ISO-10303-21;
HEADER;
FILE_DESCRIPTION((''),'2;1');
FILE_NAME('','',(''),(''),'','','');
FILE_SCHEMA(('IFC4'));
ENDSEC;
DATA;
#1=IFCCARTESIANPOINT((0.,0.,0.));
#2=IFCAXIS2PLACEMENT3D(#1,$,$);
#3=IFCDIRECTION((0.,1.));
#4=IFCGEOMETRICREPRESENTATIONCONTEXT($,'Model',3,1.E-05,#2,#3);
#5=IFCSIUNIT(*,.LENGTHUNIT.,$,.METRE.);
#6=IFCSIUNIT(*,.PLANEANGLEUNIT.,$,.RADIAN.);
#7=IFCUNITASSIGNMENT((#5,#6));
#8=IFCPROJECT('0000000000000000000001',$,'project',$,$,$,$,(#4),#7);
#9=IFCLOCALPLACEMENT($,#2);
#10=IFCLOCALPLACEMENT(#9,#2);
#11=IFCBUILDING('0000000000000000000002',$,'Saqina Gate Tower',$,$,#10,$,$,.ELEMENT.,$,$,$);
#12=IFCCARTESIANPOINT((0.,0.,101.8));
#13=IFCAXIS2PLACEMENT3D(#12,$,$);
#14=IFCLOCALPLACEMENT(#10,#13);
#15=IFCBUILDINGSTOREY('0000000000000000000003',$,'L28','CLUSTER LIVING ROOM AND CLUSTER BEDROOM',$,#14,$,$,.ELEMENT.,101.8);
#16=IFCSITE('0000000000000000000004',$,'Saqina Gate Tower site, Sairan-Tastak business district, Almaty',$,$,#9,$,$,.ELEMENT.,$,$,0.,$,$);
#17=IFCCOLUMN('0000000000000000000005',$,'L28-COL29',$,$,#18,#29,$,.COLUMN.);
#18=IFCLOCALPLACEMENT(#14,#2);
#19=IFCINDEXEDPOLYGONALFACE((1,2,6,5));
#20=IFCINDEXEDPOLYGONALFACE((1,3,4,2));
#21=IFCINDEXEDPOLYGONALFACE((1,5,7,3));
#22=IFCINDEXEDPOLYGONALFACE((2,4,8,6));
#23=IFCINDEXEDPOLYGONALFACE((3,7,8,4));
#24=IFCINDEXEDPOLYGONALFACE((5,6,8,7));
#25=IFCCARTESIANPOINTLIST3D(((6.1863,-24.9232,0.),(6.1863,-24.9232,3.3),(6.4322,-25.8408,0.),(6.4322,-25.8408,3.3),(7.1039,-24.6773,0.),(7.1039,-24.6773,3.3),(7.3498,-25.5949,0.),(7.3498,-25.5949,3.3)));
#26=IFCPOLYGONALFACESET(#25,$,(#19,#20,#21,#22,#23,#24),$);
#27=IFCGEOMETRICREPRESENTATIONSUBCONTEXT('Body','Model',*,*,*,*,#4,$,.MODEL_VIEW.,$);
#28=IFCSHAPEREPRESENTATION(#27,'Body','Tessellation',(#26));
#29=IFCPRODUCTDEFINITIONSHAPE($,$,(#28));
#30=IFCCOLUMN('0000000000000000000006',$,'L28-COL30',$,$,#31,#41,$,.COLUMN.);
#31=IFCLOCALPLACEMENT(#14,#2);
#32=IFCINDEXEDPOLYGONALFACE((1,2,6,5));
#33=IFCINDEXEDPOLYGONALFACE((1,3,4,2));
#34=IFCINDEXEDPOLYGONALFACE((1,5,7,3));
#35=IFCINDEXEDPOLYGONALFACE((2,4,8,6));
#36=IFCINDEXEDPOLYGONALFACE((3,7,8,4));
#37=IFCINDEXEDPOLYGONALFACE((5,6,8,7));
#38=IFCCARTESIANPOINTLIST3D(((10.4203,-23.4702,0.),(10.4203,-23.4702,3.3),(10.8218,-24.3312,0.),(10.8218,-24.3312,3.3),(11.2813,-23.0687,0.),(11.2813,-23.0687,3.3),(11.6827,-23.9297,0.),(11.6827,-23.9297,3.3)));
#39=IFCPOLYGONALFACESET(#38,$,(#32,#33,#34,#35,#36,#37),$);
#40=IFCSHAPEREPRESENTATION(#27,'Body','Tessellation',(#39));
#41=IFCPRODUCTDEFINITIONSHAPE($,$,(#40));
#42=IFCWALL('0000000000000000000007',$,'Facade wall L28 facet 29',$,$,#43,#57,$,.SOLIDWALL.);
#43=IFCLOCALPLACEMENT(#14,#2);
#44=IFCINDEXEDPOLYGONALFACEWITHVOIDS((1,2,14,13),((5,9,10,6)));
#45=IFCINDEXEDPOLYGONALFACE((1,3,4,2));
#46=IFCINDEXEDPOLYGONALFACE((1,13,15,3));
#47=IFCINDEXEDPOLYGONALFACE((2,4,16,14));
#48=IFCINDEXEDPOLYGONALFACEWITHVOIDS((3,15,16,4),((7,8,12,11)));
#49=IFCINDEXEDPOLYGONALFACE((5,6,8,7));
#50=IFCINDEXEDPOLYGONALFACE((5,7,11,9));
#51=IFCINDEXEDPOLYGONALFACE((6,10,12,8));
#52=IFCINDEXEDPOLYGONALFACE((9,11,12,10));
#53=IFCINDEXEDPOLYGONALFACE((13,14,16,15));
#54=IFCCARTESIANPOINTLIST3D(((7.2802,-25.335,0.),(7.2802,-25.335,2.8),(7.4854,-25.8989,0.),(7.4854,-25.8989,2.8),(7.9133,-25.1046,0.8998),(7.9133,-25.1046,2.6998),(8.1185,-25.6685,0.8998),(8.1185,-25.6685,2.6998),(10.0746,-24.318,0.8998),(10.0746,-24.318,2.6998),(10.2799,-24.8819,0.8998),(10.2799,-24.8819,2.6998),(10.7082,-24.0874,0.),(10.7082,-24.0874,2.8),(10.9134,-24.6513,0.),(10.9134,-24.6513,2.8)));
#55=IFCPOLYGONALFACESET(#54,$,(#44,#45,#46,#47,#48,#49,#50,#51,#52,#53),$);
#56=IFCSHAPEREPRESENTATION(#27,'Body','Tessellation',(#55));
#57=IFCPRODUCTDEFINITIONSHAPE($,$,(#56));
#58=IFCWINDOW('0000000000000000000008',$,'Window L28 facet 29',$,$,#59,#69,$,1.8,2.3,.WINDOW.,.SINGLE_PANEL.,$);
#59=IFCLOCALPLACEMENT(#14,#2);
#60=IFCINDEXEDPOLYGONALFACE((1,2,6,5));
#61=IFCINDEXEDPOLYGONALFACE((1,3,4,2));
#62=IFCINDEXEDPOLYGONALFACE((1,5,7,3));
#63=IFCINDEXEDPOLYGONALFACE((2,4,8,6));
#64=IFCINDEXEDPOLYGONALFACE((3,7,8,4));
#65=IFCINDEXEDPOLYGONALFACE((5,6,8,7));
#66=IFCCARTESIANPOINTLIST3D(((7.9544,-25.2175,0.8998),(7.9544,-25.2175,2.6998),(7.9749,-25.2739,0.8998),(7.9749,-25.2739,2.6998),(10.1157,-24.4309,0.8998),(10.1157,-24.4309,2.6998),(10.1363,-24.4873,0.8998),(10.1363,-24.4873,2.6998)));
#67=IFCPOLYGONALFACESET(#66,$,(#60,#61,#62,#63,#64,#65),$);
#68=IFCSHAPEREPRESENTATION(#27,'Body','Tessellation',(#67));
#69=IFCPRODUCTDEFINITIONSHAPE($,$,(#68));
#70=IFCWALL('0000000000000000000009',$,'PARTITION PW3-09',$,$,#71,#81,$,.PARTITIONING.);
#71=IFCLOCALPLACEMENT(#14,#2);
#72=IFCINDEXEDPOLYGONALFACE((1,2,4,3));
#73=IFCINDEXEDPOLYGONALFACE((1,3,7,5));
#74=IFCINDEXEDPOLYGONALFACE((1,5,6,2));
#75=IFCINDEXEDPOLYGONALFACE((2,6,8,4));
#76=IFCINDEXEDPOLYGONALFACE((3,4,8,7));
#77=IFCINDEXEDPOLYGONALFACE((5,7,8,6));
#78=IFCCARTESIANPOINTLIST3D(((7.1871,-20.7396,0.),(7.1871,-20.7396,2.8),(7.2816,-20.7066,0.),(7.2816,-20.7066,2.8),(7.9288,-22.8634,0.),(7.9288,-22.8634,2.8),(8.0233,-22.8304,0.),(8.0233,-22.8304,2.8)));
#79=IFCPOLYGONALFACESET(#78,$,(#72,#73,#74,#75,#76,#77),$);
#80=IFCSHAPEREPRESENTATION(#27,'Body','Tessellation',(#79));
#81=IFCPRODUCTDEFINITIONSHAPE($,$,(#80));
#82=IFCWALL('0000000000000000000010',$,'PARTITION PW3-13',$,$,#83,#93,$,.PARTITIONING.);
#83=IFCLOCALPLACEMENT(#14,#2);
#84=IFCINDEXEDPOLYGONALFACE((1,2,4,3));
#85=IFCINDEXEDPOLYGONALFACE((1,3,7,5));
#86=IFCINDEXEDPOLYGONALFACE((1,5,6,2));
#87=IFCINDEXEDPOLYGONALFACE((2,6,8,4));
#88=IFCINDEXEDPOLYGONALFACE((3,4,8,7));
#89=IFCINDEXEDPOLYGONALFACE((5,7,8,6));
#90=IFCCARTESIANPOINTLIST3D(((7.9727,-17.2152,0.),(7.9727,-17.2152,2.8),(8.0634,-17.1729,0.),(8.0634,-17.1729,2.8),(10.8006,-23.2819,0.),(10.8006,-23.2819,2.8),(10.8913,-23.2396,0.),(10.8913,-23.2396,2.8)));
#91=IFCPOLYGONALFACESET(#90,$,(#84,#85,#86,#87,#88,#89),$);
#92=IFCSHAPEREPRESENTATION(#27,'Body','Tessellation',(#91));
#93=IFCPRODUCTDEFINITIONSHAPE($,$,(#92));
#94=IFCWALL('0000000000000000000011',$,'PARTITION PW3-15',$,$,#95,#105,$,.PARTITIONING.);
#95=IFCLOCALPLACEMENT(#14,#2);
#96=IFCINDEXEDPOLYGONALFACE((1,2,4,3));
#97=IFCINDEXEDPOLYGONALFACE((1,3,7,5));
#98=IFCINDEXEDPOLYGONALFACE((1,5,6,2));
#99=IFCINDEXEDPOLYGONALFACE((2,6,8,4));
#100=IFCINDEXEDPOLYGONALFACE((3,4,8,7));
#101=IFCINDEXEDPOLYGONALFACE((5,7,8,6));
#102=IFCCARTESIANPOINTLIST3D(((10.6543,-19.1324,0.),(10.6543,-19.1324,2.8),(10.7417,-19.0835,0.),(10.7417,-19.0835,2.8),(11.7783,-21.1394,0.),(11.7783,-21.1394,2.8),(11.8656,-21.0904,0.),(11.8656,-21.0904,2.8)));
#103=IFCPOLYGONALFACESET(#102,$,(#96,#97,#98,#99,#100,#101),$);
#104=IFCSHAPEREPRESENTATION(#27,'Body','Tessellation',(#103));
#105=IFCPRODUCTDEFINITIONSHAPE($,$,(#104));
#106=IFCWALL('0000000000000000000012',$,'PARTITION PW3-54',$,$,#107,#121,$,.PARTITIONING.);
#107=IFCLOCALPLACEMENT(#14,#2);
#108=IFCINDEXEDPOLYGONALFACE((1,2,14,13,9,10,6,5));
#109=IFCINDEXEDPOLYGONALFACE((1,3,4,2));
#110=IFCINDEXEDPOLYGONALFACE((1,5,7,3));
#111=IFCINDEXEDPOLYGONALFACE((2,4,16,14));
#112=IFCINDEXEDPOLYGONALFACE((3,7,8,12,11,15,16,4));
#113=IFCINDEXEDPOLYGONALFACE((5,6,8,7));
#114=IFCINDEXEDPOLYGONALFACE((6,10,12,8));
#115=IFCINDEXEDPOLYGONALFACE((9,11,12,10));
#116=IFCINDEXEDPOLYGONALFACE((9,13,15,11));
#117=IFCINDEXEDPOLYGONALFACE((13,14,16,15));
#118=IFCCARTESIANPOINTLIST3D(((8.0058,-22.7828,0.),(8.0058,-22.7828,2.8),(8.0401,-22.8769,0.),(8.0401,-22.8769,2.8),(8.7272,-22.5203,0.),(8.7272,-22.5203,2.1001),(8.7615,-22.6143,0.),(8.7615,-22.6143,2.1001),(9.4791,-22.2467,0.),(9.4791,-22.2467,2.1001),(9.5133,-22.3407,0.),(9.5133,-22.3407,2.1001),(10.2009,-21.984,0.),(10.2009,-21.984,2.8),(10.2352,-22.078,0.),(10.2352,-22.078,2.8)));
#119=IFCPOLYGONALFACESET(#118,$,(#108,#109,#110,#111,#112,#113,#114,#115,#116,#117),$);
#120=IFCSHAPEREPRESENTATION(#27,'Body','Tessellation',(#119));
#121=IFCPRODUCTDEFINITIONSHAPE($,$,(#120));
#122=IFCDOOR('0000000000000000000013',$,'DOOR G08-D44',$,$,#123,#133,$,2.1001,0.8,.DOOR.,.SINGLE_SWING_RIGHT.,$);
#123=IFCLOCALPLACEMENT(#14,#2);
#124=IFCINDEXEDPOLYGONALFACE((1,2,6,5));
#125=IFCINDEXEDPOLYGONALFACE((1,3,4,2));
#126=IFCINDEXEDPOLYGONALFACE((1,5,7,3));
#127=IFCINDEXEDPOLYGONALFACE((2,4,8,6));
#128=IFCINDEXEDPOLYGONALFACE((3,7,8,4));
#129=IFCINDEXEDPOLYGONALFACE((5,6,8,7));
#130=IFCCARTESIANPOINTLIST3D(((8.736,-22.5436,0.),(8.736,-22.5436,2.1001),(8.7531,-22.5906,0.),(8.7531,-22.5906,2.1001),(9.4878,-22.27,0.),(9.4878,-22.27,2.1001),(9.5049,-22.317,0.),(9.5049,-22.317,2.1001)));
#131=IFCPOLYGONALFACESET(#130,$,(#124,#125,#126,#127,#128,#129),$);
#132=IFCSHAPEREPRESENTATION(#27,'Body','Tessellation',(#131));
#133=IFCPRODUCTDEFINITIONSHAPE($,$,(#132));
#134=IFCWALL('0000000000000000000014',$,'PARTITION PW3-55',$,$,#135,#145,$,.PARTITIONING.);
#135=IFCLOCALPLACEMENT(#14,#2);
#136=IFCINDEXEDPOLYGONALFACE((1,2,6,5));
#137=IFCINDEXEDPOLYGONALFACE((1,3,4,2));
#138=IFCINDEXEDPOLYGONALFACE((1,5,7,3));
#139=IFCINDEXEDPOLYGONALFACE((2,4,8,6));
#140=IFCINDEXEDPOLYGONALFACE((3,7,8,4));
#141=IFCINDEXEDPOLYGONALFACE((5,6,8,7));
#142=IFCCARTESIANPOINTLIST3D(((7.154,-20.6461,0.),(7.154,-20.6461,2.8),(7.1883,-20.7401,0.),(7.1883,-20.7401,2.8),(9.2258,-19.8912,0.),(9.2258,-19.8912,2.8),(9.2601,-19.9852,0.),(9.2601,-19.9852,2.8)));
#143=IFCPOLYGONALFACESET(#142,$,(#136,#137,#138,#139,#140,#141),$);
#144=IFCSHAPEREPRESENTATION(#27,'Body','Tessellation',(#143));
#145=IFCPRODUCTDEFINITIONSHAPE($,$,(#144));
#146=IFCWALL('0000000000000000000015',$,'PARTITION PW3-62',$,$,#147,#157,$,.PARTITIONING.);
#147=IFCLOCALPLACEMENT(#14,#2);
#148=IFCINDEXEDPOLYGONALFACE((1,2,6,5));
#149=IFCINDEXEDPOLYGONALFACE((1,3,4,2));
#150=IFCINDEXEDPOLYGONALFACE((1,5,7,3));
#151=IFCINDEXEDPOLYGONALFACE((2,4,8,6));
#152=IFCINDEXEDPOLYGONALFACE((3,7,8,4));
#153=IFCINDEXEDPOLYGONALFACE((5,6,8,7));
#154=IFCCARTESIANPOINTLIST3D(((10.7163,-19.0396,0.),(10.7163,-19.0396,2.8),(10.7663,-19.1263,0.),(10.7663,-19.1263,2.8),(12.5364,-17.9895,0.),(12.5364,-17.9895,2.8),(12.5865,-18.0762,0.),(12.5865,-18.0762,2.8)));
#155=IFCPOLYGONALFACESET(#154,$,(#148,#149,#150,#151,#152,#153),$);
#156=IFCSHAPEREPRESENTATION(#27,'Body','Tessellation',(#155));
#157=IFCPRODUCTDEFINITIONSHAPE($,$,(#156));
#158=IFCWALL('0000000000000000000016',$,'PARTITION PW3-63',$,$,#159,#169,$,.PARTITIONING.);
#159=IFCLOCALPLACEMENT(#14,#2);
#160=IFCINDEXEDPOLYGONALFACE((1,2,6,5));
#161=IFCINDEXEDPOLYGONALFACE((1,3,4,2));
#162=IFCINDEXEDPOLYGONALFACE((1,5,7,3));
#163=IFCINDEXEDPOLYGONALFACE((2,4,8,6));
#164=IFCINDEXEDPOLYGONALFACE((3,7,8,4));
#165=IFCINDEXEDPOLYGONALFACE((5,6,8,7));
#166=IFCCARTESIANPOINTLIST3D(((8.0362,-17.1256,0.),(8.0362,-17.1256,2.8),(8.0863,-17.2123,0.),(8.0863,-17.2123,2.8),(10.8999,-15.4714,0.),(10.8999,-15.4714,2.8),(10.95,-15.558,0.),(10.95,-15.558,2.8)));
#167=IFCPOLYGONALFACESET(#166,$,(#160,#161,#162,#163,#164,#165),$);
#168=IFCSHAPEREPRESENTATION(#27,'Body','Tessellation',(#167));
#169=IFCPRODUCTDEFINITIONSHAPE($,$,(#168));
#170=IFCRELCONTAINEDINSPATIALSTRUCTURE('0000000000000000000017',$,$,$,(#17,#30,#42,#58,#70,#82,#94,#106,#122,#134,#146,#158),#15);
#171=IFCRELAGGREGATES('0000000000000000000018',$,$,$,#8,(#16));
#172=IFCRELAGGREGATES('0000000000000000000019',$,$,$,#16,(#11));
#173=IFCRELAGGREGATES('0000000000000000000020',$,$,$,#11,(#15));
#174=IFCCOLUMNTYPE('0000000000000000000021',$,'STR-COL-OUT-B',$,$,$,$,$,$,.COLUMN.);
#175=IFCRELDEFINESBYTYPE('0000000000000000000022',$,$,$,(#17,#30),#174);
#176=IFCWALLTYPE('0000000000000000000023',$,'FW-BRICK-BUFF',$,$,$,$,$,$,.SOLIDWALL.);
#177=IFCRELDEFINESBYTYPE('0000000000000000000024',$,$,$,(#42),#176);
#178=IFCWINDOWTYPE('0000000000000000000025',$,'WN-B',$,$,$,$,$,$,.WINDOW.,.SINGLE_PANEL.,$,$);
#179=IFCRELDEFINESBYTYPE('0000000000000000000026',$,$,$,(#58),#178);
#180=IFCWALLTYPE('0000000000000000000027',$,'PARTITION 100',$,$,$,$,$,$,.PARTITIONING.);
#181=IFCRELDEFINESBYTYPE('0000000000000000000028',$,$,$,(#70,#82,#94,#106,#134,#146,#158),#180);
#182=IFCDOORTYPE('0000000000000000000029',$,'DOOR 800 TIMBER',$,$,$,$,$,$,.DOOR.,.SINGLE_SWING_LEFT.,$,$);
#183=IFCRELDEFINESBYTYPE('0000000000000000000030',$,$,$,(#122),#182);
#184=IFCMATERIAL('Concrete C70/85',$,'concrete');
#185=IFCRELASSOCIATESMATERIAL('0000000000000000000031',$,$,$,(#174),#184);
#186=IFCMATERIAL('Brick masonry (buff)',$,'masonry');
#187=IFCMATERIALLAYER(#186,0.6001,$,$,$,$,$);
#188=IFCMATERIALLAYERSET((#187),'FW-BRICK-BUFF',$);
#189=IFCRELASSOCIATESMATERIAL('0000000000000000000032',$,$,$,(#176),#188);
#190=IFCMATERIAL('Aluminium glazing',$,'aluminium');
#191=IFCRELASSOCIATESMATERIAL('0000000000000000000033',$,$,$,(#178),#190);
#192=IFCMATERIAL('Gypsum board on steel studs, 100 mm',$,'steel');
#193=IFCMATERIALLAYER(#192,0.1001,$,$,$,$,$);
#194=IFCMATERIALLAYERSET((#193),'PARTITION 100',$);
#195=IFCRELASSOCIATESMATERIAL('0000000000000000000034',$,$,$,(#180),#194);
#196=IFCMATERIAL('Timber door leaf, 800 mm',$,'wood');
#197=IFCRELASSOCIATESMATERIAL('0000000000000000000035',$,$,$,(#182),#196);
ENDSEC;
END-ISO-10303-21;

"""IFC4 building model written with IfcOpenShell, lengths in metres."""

from ifc_helpers import new_model, si_unit, direction, frame, frame_2d, origin, origin_2d, place, context, subcontext, project, spatial, rectangle, extrude, material, layer, layer_set, material_profile, profile_set, type_object, element, fill, save


model = new_model("IFC4")

# Units and contexts
model_context = context("Model", 3, precision=1e-05, world=origin(), true_north=direction((0.0, 1.0)))
body_context = subcontext(model_context, "Body", "Model", "MODEL_VIEW")
ifc_project = project(units=[si_unit("LENGTHUNIT", "METRE"), si_unit("PLANEANGLEUNIT", "RADIAN")], contexts=[model_context])

# Site, building, storey
site_placement = place(None, origin())
site = spatial("IfcSite", under=ifc_project, at=site_placement, Name="Saqina Gate Tower site, Sairan-Tastak business district, Almaty", CompositionType="ELEMENT", RefElevation=0.0)
building_placement = place(site_placement, origin())
building = spatial("IfcBuilding", under=site, at=building_placement, Name="Saqina Gate Tower", CompositionType="ELEMENT")
storey_placement = place(building_placement, frame((0.0, 0.0, 101.8)))
storey = spatial("IfcBuildingStorey", under=building, at=storey_placement, Name="L28", Description="CLUSTER LIVING ROOM AND CLUSTER BEDROOM", CompositionType="ELEMENT", Elevation=101.8)

# Columns
ifc_material_1 = material(Name="Concrete C70/85", Category="concrete")
ifc_material_profile = material_profile(ifc_material_1, rectangle(XDim=0.95, YDim=0.95, at=origin_2d()), Name="RC 950x950")
ifc_profile_set = profile_set([ifc_material_profile], Name="Concrete C70/85")
column_type = type_object("IfcColumnType", Name="STR-COL-OUT-B", PredefinedType="COLUMN", material=ifc_profile_set)
for number, where, z_axis, x_axis, name in (
    (1, (6.7681, -25.259, 0.0), (0.0, 0.0, 1.0), (0.258819, -0.965926, 0.0), "L28-COL29"),
    (2, (11.0515, -23.7, 0.0), (0.0, 0.0, 1.0), (0.422618, -0.906308, 0.0), "L28-COL30"),
):
    element("IfcColumn", number, at=place(storey_placement, frame(where, z_axis=z_axis, x_axis=x_axis)), inside=storey, type_object=column_type, Name=name, PredefinedType="COLUMN", context=body_context, shape_type="SweptSolid", body=[
        extrude(rectangle(XDim=0.95, YDim=0.95, at=origin_2d()), origin(), (0.0, 0.0, 1.0), 3.3),
    ])

# Wall, opening, window
ifc_material_2 = material(Name="Brick masonry (buff)", Category="masonry")
ifc_layer_1 = layer(ifc_material_2, 0.6001)
ifc_layer_set_1 = layer_set([ifc_layer_1], Name="FW-BRICK-BUFF")
wall_type_1 = type_object("IfcWallType", Name="FW-BRICK-BUFF", PredefinedType="SOLIDWALL", material=ifc_layer_set_1)
wall_1_placement = place(storey_placement, frame((7.3828, -25.6169, 0.0), z_axis=(0.0, 0.0, 1.0), x_axis=(0.939704, 0.34199, 0.0)))
wall_1 = element("IfcWall", 3, at=wall_1_placement, inside=storey, type_object=wall_type_1, Name="Facade wall L28 facet 29", PredefinedType="SOLIDWALL", context=body_context, shape_type="SweptSolid", body=[
    extrude(rectangle(XDim=3.6479, YDim=0.6001, at=frame_2d((1.824, 0.0))), origin(), (0.0, 0.0, 1.0), 2.8),
])
opening_1_placement = place(wall_1_placement, frame((0.6738, 0.0, 0.8999)))
opening_1 = element("IfcOpeningElement", 4, at=opening_1_placement, cuts=wall_1, PredefinedType="OPENING", context=body_context, shape_type="SweptSolid", body=[
    extrude(rectangle(XDim=2.3, YDim=1.8, at=frame_2d((1.1499, 0.8999))), frame((0.0, 0.312, 0.0), z_axis=(0.0, -1.0, 0.0), x_axis=(1.0, 0.0, 0.0)), (0.0, 0.0, 1.0), 0.624),
])
ifc_material_3 = material(Name="Aluminium glazing", Category="aluminium")
window_type = type_object("IfcWindowType", Name="WN-B", PartitioningType="SINGLE_PANEL", PredefinedType="WINDOW", material=ifc_material_3)
window_placement = place(opening_1_placement, origin())
window = element("IfcWindow", 5, at=window_placement, inside=storey, type_object=window_type, Name="Window L28 facet 29", OverallHeight=1.8, OverallWidth=2.3, PartitioningType="SINGLE_PANEL", PredefinedType="WINDOW", context=body_context, shape_type="SweptSolid", body=[
    extrude(rectangle(XDim=2.3, YDim=1.8, at=frame_2d((1.1499, 0.8999))), frame((0.0, 0.1799, 0.0), z_axis=(0.0, -1.0, 0.0), x_axis=(1.0, 0.0, 0.0)), (0.0, 0.0, 1.0), 0.0601),
])
fill(opening_1, window)

# Walls
ifc_material_4 = material(Name="Gypsum board on steel studs, 100 mm", Category="steel")
ifc_layer_2 = layer(ifc_material_4, 0.1001)
ifc_layer_set_2 = layer_set([ifc_layer_2], Name="PARTITION 100")
wall_type_2 = type_object("IfcWallType", Name="PARTITION 100", PredefinedType="PARTITIONING", material=ifc_layer_set_2)
wall_2_placement = place(storey_placement, frame((7.2344, -20.7231, 0.0), z_axis=(0.0, 0.0, 1.0), x_axis=(0.329707, -0.944083, 0.0)))
element("IfcWall", 6, at=wall_2_placement, inside=storey, type_object=wall_type_2, Name="PARTITION PW3-09", PredefinedType="PARTITIONING", context=body_context, shape_type="SweptSolid", body=[
    extrude(rectangle(XDim=2.2495, YDim=0.1001, at=frame_2d((1.1248, 0.0))), origin(), (0.0, 0.0, 1.0), 2.8),
])
wall_3_placement = place(storey_placement, frame((8.0181, -17.1941, 0.0), z_axis=(0.0, 0.0, 1.0), x_axis=(0.42249, -0.906368, 0.0)))
element("IfcWall", 7, at=wall_3_placement, inside=storey, type_object=wall_type_2, Name="PARTITION PW3-13", PredefinedType="PARTITIONING", context=body_context, shape_type="SweptSolid", body=[
    extrude(rectangle(XDim=6.6934, YDim=0.1001, at=frame_2d((3.3467, 0.0))), origin(), (0.0, 0.0, 1.0), 2.8),
])
wall_4_placement = place(storey_placement, frame((10.698, -19.1079, 0.0), z_axis=(0.0, 0.0, 1.0), x_axis=(0.488623, -0.872495, 0.0)))
element("IfcWall", 8, at=wall_4_placement, inside=storey, type_object=wall_type_2, Name="PARTITION PW3-15", PredefinedType="PARTITIONING", context=body_context, shape_type="SweptSolid", body=[
    extrude(rectangle(XDim=2.3003, YDim=0.1001, at=frame_2d((1.1501, 0.0))), origin(), (0.0, 0.0, 1.0), 2.8),
])

# Wall, opening, door
wall_5_placement = place(storey_placement, frame((8.0229, -22.8298, 0.0), z_axis=(0.0, 0.0, 1.0), x_axis=(0.939708, 0.341978, 0.0)))
wall_5 = element("IfcWall", 9, at=wall_5_placement, inside=storey, type_object=wall_type_2, Name="PARTITION PW3-54", PredefinedType="PARTITIONING", context=body_context, shape_type="SweptSolid", body=[
    extrude(rectangle(XDim=2.3359, YDim=0.1001, at=frame_2d((1.168, 0.0))), origin(), (0.0, 0.0, 1.0), 2.8),
])
opening_2_placement = place(wall_5_placement, frame((0.7678, 0.0, 0.0)))
opening_2 = element("IfcOpeningElement", 10, at=opening_2_placement, cuts=wall_5, PredefinedType="OPENING", context=body_context, shape_type="SweptSolid", body=[
    extrude(rectangle(XDim=0.8, YDim=2.1001, at=frame_2d((0.3999, 1.05))), frame((0.0, 0.062, 0.0), z_axis=(0.0, -1.0, 0.0), x_axis=(1.0, 0.0, 0.0)), (0.0, 0.0, 1.0), 0.124),
])
ifc_material_5 = material(Name="Timber door leaf, 800 mm", Category="wood")
door_type_1 = type_object("IfcDoorType", Name="DOOR 800 TIMBER", OperationType="SINGLE_SWING_LEFT", PredefinedType="DOOR", material=ifc_material_5)
door_1_placement = place(opening_2_placement, frame((0.8, 0.0, 0.0), z_axis=(0.0, 0.0, 1.0), x_axis=(-1.0, 0.0, 0.0)))
door_1 = element("IfcDoor", 11, at=door_1_placement, inside=storey, type_object=door_type_1, Name="DOOR G08-D44", OperationType="SINGLE_SWING_RIGHT", OverallHeight=2.1001, OverallWidth=0.8, PredefinedType="DOOR", context=body_context, shape_type="SweptSolid", body=[
    extrude(rectangle(XDim=0.8, YDim=2.1001, at=frame_2d((0.3999, 1.05))), frame((0.0, 0.0249, 0.0), z_axis=(0.0, -1.0, 0.0), x_axis=(1.0, 0.0, 0.0)), (0.0, 0.0, 1.0), 0.05),
])
fill(opening_2, door_1)

# Walls
wall_6_placement = place(storey_placement, frame((7.1711, -20.6931, 0.0), z_axis=(0.0, 0.0, 1.0), x_axis=(0.939573, 0.342348, 0.0)))
element("IfcWall", 12, at=wall_6_placement, inside=storey, type_object=wall_type_2, Name="PARTITION PW3-55", PredefinedType="PARTITIONING", context=body_context, shape_type="SweptSolid", body=[
    extrude(rectangle(XDim=2.2051, YDim=0.1001, at=frame_2d((1.1025, 0.0))), origin(), (0.0, 0.0, 1.0), 2.8),
])
wall_7_placement = place(storey_placement, frame((10.7412, -19.083, 0.0), z_axis=(0.0, 0.0, 1.0), x_axis=(0.866184, 0.499726, 0.0)))
element("IfcWall", 13, at=wall_7_placement, inside=storey, type_object=wall_type_2, Name="PARTITION PW3-62", PredefinedType="PARTITIONING", context=body_context, shape_type="SweptSolid", body=[
    extrude(rectangle(XDim=2.1013, YDim=0.1001, at=frame_2d((1.0508, 0.0))), origin(), (0.0, 0.0, 1.0), 2.8),
])
wall_8_placement = place(storey_placement, frame((8.0613, -17.1689, 0.0), z_axis=(0.0, 0.0, 1.0), x_axis=(0.865908, 0.500204, 0.0)))
element("IfcWall", 14, at=wall_8_placement, inside=storey, type_object=wall_type_2, Name="PARTITION PW3-63", PredefinedType="PARTITIONING", context=body_context, shape_type="SweptSolid", body=[
    extrude(rectangle(XDim=3.3071, YDim=0.1001, at=frame_2d((1.6536, 0.0))), origin(), (0.0, 0.0, 1.0), 2.8),
])

save(model, "model.ifc")
